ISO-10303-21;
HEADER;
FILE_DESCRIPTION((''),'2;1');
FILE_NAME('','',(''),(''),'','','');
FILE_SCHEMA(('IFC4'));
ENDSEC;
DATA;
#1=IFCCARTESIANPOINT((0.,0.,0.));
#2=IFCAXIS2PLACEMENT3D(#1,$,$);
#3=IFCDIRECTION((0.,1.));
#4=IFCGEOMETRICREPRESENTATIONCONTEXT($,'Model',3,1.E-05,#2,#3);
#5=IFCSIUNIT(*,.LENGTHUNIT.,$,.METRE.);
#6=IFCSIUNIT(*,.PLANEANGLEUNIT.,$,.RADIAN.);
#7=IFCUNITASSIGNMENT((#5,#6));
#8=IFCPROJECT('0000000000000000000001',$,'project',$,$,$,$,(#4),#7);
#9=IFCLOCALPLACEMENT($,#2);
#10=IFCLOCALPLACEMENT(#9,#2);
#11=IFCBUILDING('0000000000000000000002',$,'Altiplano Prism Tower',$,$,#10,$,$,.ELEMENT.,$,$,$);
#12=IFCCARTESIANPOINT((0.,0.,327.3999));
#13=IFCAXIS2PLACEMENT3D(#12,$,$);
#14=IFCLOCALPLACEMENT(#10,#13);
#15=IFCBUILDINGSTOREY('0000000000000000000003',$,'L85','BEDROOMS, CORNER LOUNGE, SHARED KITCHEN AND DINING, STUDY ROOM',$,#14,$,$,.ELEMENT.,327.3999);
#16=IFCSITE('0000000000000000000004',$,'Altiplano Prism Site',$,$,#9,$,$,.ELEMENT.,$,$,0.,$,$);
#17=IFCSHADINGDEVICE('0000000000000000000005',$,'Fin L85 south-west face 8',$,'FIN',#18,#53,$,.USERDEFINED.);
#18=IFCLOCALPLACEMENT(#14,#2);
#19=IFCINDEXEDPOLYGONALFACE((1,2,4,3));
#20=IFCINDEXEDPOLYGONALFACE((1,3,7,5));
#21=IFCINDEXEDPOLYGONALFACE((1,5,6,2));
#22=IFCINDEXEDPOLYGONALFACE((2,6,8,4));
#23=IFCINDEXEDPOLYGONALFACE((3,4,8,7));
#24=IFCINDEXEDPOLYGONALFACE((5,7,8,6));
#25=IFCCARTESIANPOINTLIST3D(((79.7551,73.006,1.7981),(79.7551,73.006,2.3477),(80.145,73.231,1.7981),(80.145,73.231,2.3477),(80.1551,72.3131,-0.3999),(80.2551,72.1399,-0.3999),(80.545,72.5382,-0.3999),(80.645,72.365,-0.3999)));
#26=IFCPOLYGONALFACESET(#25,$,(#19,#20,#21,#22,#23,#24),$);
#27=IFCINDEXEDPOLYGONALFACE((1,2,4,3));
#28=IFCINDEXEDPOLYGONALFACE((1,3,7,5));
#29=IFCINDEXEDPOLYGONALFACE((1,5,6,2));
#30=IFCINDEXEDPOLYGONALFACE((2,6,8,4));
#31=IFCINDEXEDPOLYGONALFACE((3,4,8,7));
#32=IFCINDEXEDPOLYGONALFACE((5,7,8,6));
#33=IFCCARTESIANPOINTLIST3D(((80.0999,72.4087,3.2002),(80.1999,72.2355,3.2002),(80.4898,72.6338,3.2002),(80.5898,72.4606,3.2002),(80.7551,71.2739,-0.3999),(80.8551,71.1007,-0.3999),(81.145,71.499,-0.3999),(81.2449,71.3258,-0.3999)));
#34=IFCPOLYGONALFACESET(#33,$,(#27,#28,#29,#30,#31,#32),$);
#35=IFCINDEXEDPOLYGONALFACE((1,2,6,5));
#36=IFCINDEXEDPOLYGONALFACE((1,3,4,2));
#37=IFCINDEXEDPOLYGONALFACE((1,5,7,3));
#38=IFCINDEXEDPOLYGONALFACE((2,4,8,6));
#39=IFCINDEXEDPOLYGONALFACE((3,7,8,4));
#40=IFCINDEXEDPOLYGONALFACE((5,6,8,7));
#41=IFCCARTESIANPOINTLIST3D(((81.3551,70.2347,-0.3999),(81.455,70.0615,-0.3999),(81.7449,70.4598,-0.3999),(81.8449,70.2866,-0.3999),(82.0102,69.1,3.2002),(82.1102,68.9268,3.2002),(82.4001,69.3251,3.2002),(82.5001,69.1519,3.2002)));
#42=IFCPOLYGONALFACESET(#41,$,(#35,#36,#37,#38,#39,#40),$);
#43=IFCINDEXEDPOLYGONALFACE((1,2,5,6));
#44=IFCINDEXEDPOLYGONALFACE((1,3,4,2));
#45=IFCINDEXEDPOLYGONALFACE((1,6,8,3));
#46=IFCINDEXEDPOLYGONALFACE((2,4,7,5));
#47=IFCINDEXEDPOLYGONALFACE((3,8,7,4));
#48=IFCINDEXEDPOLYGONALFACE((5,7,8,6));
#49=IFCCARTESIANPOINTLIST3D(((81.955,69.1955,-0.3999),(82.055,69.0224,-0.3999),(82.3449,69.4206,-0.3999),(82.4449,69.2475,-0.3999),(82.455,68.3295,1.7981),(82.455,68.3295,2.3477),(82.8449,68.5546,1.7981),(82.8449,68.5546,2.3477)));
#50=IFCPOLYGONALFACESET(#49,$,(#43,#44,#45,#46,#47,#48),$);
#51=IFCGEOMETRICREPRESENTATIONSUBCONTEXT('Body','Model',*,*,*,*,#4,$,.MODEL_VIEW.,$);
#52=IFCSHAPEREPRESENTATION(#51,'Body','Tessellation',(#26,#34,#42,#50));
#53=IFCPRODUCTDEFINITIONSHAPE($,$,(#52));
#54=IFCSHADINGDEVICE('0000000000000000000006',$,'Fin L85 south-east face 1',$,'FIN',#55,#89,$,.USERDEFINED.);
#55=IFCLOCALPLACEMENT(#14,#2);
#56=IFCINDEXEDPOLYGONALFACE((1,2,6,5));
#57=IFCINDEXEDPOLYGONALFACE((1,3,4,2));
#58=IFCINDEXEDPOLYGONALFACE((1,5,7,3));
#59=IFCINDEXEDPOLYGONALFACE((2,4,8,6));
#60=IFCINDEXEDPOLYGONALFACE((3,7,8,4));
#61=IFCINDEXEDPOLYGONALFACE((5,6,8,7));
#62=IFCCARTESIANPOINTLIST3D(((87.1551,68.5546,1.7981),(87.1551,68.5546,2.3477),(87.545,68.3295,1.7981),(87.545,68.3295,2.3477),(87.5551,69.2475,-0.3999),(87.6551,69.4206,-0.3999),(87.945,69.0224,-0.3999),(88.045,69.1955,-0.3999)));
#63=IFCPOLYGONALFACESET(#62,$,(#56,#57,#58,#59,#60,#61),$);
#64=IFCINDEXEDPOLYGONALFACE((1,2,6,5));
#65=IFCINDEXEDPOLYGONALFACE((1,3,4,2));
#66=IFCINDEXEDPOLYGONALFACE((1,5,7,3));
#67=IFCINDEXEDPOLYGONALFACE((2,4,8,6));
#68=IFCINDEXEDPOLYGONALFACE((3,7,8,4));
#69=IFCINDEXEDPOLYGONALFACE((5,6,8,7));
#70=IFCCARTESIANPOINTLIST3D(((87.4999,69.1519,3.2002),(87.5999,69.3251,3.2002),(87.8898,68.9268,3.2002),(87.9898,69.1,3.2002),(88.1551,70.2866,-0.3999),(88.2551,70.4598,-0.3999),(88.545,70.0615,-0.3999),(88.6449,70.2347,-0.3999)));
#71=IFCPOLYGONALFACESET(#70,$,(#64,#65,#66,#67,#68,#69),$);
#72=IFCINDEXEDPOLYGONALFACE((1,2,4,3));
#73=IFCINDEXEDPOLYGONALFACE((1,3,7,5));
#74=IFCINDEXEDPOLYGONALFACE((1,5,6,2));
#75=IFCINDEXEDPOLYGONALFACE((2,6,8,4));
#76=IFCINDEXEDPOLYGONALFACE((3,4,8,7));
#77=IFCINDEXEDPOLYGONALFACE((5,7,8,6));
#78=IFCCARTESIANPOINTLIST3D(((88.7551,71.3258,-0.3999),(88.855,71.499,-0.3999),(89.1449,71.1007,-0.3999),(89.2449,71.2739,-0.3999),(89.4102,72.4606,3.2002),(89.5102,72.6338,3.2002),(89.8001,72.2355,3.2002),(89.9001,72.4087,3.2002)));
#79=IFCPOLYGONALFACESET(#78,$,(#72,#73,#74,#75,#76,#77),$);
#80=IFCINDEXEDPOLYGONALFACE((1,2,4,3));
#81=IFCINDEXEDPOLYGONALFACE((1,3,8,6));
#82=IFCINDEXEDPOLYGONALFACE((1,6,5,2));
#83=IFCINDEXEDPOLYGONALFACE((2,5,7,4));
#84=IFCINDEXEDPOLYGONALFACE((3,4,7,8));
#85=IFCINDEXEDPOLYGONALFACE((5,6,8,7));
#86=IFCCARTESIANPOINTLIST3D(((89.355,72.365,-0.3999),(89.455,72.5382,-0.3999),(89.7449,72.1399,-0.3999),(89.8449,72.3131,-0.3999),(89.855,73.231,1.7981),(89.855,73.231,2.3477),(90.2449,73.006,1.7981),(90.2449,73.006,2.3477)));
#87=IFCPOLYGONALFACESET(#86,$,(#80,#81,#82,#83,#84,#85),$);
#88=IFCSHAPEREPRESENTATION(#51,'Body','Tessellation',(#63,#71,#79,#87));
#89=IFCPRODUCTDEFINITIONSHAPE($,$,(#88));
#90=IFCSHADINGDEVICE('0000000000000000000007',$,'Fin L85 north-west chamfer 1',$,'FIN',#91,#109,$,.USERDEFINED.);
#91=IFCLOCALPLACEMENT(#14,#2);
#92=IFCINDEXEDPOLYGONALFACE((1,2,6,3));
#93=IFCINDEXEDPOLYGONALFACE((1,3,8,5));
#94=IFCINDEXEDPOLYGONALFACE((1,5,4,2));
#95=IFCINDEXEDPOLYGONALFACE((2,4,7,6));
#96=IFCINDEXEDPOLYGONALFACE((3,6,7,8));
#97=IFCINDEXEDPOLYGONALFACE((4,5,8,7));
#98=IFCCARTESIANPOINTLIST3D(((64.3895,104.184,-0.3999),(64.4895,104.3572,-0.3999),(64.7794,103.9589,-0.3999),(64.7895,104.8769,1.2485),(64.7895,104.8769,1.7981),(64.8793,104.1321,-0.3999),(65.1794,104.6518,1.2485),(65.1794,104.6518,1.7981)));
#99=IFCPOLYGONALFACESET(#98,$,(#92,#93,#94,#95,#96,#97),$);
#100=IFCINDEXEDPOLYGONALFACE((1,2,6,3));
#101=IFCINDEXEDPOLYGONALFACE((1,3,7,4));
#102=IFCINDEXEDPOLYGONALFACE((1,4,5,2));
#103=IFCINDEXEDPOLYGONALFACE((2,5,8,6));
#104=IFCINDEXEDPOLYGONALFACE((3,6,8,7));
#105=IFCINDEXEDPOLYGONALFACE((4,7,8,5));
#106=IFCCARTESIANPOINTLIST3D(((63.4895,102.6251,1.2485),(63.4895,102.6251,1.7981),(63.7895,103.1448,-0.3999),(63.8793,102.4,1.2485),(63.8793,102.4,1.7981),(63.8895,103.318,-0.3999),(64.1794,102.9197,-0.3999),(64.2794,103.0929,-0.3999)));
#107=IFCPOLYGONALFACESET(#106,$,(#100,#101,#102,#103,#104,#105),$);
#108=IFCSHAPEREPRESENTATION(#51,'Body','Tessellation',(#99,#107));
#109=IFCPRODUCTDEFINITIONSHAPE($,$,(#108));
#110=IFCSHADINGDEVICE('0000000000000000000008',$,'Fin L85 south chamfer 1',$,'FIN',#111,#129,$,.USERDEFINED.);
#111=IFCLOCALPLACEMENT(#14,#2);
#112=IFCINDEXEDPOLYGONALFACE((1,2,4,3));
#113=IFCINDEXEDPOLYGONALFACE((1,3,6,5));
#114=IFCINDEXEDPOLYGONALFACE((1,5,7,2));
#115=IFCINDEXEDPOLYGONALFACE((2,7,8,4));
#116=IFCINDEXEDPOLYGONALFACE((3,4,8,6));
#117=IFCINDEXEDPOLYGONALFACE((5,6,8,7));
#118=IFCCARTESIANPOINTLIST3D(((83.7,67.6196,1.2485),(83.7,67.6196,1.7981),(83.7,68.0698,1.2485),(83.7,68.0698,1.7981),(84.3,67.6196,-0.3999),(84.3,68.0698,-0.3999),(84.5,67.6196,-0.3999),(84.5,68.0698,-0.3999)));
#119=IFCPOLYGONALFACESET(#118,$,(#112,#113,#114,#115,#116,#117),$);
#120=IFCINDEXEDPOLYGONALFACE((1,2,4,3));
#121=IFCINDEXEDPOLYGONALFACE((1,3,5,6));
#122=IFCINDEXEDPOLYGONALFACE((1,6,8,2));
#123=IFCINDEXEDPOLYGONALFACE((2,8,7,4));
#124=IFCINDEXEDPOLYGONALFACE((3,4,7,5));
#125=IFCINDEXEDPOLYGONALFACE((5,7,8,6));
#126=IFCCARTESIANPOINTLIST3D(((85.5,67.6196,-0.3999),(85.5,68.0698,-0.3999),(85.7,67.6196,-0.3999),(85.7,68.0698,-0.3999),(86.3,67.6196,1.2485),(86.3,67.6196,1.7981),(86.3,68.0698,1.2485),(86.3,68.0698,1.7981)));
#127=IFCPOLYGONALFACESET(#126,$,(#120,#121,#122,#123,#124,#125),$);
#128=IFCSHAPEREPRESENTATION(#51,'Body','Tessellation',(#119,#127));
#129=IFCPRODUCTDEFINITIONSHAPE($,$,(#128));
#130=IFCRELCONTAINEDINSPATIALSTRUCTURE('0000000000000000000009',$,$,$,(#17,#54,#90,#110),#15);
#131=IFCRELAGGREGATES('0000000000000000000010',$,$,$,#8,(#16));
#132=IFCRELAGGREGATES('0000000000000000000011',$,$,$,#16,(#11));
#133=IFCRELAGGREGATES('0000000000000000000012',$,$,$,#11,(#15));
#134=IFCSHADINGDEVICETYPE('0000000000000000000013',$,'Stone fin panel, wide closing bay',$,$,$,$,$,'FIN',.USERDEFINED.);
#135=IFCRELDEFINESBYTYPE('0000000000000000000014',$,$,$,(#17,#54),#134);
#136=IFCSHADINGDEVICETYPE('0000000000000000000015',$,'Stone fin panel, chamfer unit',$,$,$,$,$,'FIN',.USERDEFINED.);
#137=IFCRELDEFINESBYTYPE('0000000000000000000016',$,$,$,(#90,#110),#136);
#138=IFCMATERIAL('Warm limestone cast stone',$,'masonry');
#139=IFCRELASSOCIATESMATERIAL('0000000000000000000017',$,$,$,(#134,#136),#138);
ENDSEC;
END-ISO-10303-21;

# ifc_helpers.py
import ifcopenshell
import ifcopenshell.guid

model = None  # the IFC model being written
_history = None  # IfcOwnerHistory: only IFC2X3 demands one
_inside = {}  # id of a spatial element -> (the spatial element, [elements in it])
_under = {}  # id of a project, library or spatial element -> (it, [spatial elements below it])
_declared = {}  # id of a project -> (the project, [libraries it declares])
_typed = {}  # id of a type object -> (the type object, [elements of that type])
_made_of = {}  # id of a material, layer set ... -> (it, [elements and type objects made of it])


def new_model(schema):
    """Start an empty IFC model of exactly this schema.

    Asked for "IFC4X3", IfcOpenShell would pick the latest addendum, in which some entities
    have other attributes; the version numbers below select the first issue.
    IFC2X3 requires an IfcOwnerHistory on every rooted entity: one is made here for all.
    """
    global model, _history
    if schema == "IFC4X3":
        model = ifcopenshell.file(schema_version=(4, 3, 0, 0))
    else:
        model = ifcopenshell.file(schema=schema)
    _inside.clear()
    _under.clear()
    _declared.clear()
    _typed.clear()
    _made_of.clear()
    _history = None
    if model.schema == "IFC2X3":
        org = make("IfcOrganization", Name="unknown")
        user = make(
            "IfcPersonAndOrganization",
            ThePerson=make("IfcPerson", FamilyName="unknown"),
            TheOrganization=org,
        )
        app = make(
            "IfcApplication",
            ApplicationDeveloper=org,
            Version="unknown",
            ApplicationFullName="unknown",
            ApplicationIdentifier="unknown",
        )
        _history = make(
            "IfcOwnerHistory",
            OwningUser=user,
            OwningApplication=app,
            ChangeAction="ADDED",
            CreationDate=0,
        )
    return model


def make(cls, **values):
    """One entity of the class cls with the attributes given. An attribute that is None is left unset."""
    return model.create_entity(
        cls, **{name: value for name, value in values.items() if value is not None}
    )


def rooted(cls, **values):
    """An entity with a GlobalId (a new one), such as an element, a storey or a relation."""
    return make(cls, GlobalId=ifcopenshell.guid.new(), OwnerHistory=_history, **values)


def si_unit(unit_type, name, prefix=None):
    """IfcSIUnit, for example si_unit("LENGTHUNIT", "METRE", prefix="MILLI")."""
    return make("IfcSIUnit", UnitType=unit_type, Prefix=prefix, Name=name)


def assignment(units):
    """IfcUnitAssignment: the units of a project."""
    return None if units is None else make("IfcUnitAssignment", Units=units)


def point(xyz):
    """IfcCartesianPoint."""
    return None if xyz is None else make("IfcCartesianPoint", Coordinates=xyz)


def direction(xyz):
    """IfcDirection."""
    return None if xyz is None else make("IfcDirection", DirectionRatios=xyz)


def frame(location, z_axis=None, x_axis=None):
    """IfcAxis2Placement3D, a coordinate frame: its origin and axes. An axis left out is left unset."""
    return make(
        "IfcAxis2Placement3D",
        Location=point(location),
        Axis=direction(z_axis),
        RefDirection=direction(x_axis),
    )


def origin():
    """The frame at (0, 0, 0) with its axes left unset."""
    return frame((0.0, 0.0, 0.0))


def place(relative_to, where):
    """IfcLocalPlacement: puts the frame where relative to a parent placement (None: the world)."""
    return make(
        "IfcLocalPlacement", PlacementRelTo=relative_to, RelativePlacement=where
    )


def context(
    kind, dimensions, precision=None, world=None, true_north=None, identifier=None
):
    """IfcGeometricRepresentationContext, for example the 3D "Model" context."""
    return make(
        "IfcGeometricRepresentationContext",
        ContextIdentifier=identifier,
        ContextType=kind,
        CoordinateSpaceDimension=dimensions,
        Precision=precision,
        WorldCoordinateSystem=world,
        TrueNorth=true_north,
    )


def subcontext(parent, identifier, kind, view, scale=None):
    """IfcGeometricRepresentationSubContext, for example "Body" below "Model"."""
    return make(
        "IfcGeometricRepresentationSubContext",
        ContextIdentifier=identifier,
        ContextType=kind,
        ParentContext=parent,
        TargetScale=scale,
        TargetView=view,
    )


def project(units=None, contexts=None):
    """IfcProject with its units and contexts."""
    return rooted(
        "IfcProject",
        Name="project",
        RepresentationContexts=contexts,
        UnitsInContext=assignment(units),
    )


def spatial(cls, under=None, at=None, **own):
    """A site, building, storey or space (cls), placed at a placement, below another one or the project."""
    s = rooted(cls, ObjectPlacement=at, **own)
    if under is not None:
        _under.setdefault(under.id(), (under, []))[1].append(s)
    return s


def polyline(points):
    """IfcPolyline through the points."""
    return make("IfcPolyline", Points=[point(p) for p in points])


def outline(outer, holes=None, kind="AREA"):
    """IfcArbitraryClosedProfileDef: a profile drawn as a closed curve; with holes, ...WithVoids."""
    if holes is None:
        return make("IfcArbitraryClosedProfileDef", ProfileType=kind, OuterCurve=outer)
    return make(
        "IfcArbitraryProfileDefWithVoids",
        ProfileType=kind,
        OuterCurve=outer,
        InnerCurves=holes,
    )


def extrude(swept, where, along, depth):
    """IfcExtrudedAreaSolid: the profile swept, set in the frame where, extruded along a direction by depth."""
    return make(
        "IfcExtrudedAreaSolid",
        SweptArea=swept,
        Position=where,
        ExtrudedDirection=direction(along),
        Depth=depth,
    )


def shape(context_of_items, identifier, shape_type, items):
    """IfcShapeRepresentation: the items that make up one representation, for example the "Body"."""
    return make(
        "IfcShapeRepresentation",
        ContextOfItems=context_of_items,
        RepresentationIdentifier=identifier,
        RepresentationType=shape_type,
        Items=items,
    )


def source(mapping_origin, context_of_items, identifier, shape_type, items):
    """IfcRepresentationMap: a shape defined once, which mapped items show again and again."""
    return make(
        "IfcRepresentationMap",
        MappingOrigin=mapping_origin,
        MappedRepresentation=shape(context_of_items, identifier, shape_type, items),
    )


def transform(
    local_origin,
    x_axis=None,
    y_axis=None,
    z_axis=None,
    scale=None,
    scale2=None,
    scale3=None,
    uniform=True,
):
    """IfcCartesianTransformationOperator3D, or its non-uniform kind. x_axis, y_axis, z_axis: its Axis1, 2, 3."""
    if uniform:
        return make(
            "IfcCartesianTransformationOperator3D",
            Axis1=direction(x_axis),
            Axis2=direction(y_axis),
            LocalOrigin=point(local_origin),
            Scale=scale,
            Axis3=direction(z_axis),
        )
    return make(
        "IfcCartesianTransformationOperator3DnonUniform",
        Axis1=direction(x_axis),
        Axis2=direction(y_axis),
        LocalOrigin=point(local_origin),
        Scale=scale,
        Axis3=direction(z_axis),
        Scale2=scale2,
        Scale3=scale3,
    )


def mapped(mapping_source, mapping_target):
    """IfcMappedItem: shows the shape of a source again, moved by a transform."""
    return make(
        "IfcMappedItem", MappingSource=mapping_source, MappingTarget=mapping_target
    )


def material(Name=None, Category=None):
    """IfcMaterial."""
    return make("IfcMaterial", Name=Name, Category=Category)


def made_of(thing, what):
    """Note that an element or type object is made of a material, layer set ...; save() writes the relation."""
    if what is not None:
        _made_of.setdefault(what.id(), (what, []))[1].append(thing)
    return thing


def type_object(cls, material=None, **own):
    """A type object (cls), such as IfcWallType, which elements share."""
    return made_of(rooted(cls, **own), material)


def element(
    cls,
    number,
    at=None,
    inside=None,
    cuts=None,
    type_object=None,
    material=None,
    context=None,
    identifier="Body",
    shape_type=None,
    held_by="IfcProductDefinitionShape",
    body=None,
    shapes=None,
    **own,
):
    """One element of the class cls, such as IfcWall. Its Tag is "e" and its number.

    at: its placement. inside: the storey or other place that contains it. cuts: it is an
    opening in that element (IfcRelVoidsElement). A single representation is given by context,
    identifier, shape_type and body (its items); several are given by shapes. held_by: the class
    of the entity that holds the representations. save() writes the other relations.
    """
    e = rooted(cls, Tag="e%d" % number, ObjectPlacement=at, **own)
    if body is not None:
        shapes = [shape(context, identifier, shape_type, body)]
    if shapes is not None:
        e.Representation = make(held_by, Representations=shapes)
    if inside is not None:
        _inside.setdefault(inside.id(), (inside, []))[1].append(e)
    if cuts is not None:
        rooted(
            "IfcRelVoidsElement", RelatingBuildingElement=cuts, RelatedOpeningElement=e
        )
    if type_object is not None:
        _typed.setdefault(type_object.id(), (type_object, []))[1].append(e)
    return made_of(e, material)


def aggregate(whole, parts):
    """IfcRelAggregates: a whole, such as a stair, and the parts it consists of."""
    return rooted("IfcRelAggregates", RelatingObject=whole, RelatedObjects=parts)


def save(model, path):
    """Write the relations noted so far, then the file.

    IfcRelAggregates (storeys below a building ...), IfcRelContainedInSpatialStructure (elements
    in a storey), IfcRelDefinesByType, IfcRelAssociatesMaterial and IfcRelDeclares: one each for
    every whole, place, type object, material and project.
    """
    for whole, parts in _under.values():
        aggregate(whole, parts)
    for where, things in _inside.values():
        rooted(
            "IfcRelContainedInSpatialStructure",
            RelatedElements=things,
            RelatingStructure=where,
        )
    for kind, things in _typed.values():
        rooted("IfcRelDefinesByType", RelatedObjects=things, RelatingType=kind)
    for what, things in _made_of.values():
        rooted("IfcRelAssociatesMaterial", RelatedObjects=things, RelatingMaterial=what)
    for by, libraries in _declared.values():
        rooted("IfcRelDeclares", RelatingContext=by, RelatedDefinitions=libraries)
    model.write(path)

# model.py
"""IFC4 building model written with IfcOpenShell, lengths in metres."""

from ifc_helpers import new_model, si_unit, direction, frame, origin, place, context, subcontext, project, spatial, polyline, outline, extrude, source, transform, mapped, material, type_object, element, save


model = new_model("IFC4")

# Units and contexts
model_context = context("Model", 3, precision=1e-05, world=origin(), true_north=direction((0.0, 1.0)))
body_context = subcontext(model_context, "Body", "Model", "MODEL_VIEW")
ifc_project = project(units=[si_unit("LENGTHUNIT", "METRE"), si_unit("PLANEANGLEUNIT", "RADIAN")], contexts=[model_context])

# Site, building, storey
site_placement = place(None, origin())
site = spatial("IfcSite", under=ifc_project, at=site_placement, Name="Altiplano Prism Site", CompositionType="ELEMENT", RefElevation=0.0)
building_placement = place(site_placement, origin())
building = spatial("IfcBuilding", under=site, at=building_placement, Name="Altiplano Prism Tower", CompositionType="ELEMENT")
storey_placement = place(building_placement, frame((0.0, 0.0, 327.3999)))
storey = spatial("IfcBuildingStorey", under=building, at=storey_placement, Name="L85", Description="BEDROOMS, CORNER LOUNGE, SHARED KITCHEN AND DINING, STUDY ROOM", CompositionType="ELEMENT", Elevation=327.3999)

# Shading devices
ifc_material_1 = material(Name="Warm limestone cast stone", Category="masonry")
shading_device_type_1 = type_object("IfcShadingDeviceType", Name="Stone fin panel, wide closing bay", ElementType="FIN", PredefinedType="USERDEFINED", material=ifc_material_1)
shared_shape_1 = source(origin(), body_context, "Body", "SweptSolid", [
    extrude(outline(polyline([(-2.7, 2.7476), (-2.7, 2.198), (-1.8999, 0.0), (-1.7, 0.0), (-2.7, 2.7476)])), frame((0.0, -0.1499, 0.0), z_axis=(0.0, -1.0, 0.0), x_axis=(1.0, 0.0, 0.0)), (0.0, 0.0, 1.0), 0.4502),
    extrude(outline(polyline([(-2.0103, 3.6001), (-0.7, 0.0), (-0.5, 0.0), (-1.8103, 3.6001), (-2.0103, 3.6001)])), frame((0.0, -0.1499, 0.0), z_axis=(0.0, -1.0, 0.0), x_axis=(1.0, 0.0, 0.0)), (0.0, 0.0, 1.0), 0.4502),
    extrude(outline(polyline([(1.8103, 3.6001), (0.5, 0.0), (0.7, 0.0), (2.0103, 3.6001), (1.8103, 3.6001)])), frame((0.0, -0.1499, 0.0), z_axis=(0.0, -1.0, 0.0), x_axis=(1.0, 0.0, 0.0)), (0.0, 0.0, 1.0), 0.4502),
    extrude(outline(polyline([(2.7, 2.198), (2.7, 2.7476), (1.7, 0.0), (1.8999, 0.0), (2.7, 2.198)])), frame((0.0, -0.1499, 0.0), z_axis=(0.0, -1.0, 0.0), x_axis=(1.0, 0.0, 0.0)), (0.0, 0.0, 1.0), 0.4502),
])
shading_device_1_placement = place(storey_placement, origin())
element("IfcShadingDevice", 1, at=shading_device_1_placement, inside=storey, type_object=shading_device_type_1, Name="Fin L85 south-west face 8", ObjectType="FIN", PredefinedType="USERDEFINED", context=body_context, shape_type="MappedRepresentation", body=[
    mapped(shared_shape_1, transform((81.6248, 70.9678, -0.3999), x_axis=(0.5, -0.866025, 0.0), y_axis=(0.866025, 0.5, 0.0), z_axis=(0.0, 0.0, 1.0))),
])
shading_device_2_placement = place(storey_placement, origin())
element("IfcShadingDevice", 2, at=shading_device_2_placement, inside=storey, type_object=shading_device_type_1, Name="Fin L85 south-east face 1", ObjectType="FIN", PredefinedType="USERDEFINED", context=body_context, shape_type="MappedRepresentation", body=[
    mapped(shared_shape_1, transform((88.3752, 70.9678, -0.3999), x_axis=(0.5, 0.866025, 0.0), y_axis=(-0.866025, 0.5, 0.0), z_axis=(0.0, 0.0, 1.0))),
])
shading_device_type_2 = type_object("IfcShadingDeviceType", Name="Stone fin panel, chamfer unit", ElementType="FIN", PredefinedType="USERDEFINED", material=ifc_material_1)
shared_shape_2 = source(origin(), body_context, "Body", "SweptSolid", [
    extrude(outline(polyline([(-1.3, 2.198), (-1.3, 1.6484), (-0.7, 0.0), (-0.5, 0.0), (-1.3, 2.198)])), frame((0.0, -0.1499, 0.0), z_axis=(0.0, -1.0, 0.0), x_axis=(1.0, 0.0, 0.0)), (0.0, 0.0, 1.0), 0.4502),
    extrude(outline(polyline([(1.3, 1.6484), (1.3, 2.198), (0.5, 0.0), (0.7, 0.0), (1.3, 1.6484)])), frame((0.0, -0.1499, 0.0), z_axis=(0.0, -1.0, 0.0), x_axis=(1.0, 0.0, 0.0)), (0.0, 0.0, 1.0), 0.4502),
])
shading_device_3_placement = place(storey_placement, origin())
element("IfcShadingDevice", 3, at=shading_device_3_placement, inside=storey, type_object=shading_device_type_2, Name="Fin L85 north-west chamfer 1", ObjectType="FIN", PredefinedType="USERDEFINED", context=body_context, shape_type="MappedRepresentation", body=[
    mapped(shared_shape_2, transform((64.6592, 103.4509, -0.3999), x_axis=(-0.5, -0.866025, 0.0), y_axis=(0.866025, -0.5, 0.0), z_axis=(0.0, 0.0, 1.0))),
])
shading_device_4_placement = place(storey_placement, origin())
element("IfcShadingDevice", 4, at=shading_device_4_placement, inside=storey, type_object=shading_device_type_2, Name="Fin L85 south chamfer 1", ObjectType="FIN", PredefinedType="USERDEFINED", context=body_context, shape_type="MappedRepresentation", body=[
    mapped(shared_shape_2, transform((85.0, 68.2197, -0.3999), x_axis=(1.0, 0.0, 0.0), y_axis=(0.0, 1.0, 0.0), z_axis=(0.0, 0.0, 1.0))),
])

save(model, "model.ifc")
